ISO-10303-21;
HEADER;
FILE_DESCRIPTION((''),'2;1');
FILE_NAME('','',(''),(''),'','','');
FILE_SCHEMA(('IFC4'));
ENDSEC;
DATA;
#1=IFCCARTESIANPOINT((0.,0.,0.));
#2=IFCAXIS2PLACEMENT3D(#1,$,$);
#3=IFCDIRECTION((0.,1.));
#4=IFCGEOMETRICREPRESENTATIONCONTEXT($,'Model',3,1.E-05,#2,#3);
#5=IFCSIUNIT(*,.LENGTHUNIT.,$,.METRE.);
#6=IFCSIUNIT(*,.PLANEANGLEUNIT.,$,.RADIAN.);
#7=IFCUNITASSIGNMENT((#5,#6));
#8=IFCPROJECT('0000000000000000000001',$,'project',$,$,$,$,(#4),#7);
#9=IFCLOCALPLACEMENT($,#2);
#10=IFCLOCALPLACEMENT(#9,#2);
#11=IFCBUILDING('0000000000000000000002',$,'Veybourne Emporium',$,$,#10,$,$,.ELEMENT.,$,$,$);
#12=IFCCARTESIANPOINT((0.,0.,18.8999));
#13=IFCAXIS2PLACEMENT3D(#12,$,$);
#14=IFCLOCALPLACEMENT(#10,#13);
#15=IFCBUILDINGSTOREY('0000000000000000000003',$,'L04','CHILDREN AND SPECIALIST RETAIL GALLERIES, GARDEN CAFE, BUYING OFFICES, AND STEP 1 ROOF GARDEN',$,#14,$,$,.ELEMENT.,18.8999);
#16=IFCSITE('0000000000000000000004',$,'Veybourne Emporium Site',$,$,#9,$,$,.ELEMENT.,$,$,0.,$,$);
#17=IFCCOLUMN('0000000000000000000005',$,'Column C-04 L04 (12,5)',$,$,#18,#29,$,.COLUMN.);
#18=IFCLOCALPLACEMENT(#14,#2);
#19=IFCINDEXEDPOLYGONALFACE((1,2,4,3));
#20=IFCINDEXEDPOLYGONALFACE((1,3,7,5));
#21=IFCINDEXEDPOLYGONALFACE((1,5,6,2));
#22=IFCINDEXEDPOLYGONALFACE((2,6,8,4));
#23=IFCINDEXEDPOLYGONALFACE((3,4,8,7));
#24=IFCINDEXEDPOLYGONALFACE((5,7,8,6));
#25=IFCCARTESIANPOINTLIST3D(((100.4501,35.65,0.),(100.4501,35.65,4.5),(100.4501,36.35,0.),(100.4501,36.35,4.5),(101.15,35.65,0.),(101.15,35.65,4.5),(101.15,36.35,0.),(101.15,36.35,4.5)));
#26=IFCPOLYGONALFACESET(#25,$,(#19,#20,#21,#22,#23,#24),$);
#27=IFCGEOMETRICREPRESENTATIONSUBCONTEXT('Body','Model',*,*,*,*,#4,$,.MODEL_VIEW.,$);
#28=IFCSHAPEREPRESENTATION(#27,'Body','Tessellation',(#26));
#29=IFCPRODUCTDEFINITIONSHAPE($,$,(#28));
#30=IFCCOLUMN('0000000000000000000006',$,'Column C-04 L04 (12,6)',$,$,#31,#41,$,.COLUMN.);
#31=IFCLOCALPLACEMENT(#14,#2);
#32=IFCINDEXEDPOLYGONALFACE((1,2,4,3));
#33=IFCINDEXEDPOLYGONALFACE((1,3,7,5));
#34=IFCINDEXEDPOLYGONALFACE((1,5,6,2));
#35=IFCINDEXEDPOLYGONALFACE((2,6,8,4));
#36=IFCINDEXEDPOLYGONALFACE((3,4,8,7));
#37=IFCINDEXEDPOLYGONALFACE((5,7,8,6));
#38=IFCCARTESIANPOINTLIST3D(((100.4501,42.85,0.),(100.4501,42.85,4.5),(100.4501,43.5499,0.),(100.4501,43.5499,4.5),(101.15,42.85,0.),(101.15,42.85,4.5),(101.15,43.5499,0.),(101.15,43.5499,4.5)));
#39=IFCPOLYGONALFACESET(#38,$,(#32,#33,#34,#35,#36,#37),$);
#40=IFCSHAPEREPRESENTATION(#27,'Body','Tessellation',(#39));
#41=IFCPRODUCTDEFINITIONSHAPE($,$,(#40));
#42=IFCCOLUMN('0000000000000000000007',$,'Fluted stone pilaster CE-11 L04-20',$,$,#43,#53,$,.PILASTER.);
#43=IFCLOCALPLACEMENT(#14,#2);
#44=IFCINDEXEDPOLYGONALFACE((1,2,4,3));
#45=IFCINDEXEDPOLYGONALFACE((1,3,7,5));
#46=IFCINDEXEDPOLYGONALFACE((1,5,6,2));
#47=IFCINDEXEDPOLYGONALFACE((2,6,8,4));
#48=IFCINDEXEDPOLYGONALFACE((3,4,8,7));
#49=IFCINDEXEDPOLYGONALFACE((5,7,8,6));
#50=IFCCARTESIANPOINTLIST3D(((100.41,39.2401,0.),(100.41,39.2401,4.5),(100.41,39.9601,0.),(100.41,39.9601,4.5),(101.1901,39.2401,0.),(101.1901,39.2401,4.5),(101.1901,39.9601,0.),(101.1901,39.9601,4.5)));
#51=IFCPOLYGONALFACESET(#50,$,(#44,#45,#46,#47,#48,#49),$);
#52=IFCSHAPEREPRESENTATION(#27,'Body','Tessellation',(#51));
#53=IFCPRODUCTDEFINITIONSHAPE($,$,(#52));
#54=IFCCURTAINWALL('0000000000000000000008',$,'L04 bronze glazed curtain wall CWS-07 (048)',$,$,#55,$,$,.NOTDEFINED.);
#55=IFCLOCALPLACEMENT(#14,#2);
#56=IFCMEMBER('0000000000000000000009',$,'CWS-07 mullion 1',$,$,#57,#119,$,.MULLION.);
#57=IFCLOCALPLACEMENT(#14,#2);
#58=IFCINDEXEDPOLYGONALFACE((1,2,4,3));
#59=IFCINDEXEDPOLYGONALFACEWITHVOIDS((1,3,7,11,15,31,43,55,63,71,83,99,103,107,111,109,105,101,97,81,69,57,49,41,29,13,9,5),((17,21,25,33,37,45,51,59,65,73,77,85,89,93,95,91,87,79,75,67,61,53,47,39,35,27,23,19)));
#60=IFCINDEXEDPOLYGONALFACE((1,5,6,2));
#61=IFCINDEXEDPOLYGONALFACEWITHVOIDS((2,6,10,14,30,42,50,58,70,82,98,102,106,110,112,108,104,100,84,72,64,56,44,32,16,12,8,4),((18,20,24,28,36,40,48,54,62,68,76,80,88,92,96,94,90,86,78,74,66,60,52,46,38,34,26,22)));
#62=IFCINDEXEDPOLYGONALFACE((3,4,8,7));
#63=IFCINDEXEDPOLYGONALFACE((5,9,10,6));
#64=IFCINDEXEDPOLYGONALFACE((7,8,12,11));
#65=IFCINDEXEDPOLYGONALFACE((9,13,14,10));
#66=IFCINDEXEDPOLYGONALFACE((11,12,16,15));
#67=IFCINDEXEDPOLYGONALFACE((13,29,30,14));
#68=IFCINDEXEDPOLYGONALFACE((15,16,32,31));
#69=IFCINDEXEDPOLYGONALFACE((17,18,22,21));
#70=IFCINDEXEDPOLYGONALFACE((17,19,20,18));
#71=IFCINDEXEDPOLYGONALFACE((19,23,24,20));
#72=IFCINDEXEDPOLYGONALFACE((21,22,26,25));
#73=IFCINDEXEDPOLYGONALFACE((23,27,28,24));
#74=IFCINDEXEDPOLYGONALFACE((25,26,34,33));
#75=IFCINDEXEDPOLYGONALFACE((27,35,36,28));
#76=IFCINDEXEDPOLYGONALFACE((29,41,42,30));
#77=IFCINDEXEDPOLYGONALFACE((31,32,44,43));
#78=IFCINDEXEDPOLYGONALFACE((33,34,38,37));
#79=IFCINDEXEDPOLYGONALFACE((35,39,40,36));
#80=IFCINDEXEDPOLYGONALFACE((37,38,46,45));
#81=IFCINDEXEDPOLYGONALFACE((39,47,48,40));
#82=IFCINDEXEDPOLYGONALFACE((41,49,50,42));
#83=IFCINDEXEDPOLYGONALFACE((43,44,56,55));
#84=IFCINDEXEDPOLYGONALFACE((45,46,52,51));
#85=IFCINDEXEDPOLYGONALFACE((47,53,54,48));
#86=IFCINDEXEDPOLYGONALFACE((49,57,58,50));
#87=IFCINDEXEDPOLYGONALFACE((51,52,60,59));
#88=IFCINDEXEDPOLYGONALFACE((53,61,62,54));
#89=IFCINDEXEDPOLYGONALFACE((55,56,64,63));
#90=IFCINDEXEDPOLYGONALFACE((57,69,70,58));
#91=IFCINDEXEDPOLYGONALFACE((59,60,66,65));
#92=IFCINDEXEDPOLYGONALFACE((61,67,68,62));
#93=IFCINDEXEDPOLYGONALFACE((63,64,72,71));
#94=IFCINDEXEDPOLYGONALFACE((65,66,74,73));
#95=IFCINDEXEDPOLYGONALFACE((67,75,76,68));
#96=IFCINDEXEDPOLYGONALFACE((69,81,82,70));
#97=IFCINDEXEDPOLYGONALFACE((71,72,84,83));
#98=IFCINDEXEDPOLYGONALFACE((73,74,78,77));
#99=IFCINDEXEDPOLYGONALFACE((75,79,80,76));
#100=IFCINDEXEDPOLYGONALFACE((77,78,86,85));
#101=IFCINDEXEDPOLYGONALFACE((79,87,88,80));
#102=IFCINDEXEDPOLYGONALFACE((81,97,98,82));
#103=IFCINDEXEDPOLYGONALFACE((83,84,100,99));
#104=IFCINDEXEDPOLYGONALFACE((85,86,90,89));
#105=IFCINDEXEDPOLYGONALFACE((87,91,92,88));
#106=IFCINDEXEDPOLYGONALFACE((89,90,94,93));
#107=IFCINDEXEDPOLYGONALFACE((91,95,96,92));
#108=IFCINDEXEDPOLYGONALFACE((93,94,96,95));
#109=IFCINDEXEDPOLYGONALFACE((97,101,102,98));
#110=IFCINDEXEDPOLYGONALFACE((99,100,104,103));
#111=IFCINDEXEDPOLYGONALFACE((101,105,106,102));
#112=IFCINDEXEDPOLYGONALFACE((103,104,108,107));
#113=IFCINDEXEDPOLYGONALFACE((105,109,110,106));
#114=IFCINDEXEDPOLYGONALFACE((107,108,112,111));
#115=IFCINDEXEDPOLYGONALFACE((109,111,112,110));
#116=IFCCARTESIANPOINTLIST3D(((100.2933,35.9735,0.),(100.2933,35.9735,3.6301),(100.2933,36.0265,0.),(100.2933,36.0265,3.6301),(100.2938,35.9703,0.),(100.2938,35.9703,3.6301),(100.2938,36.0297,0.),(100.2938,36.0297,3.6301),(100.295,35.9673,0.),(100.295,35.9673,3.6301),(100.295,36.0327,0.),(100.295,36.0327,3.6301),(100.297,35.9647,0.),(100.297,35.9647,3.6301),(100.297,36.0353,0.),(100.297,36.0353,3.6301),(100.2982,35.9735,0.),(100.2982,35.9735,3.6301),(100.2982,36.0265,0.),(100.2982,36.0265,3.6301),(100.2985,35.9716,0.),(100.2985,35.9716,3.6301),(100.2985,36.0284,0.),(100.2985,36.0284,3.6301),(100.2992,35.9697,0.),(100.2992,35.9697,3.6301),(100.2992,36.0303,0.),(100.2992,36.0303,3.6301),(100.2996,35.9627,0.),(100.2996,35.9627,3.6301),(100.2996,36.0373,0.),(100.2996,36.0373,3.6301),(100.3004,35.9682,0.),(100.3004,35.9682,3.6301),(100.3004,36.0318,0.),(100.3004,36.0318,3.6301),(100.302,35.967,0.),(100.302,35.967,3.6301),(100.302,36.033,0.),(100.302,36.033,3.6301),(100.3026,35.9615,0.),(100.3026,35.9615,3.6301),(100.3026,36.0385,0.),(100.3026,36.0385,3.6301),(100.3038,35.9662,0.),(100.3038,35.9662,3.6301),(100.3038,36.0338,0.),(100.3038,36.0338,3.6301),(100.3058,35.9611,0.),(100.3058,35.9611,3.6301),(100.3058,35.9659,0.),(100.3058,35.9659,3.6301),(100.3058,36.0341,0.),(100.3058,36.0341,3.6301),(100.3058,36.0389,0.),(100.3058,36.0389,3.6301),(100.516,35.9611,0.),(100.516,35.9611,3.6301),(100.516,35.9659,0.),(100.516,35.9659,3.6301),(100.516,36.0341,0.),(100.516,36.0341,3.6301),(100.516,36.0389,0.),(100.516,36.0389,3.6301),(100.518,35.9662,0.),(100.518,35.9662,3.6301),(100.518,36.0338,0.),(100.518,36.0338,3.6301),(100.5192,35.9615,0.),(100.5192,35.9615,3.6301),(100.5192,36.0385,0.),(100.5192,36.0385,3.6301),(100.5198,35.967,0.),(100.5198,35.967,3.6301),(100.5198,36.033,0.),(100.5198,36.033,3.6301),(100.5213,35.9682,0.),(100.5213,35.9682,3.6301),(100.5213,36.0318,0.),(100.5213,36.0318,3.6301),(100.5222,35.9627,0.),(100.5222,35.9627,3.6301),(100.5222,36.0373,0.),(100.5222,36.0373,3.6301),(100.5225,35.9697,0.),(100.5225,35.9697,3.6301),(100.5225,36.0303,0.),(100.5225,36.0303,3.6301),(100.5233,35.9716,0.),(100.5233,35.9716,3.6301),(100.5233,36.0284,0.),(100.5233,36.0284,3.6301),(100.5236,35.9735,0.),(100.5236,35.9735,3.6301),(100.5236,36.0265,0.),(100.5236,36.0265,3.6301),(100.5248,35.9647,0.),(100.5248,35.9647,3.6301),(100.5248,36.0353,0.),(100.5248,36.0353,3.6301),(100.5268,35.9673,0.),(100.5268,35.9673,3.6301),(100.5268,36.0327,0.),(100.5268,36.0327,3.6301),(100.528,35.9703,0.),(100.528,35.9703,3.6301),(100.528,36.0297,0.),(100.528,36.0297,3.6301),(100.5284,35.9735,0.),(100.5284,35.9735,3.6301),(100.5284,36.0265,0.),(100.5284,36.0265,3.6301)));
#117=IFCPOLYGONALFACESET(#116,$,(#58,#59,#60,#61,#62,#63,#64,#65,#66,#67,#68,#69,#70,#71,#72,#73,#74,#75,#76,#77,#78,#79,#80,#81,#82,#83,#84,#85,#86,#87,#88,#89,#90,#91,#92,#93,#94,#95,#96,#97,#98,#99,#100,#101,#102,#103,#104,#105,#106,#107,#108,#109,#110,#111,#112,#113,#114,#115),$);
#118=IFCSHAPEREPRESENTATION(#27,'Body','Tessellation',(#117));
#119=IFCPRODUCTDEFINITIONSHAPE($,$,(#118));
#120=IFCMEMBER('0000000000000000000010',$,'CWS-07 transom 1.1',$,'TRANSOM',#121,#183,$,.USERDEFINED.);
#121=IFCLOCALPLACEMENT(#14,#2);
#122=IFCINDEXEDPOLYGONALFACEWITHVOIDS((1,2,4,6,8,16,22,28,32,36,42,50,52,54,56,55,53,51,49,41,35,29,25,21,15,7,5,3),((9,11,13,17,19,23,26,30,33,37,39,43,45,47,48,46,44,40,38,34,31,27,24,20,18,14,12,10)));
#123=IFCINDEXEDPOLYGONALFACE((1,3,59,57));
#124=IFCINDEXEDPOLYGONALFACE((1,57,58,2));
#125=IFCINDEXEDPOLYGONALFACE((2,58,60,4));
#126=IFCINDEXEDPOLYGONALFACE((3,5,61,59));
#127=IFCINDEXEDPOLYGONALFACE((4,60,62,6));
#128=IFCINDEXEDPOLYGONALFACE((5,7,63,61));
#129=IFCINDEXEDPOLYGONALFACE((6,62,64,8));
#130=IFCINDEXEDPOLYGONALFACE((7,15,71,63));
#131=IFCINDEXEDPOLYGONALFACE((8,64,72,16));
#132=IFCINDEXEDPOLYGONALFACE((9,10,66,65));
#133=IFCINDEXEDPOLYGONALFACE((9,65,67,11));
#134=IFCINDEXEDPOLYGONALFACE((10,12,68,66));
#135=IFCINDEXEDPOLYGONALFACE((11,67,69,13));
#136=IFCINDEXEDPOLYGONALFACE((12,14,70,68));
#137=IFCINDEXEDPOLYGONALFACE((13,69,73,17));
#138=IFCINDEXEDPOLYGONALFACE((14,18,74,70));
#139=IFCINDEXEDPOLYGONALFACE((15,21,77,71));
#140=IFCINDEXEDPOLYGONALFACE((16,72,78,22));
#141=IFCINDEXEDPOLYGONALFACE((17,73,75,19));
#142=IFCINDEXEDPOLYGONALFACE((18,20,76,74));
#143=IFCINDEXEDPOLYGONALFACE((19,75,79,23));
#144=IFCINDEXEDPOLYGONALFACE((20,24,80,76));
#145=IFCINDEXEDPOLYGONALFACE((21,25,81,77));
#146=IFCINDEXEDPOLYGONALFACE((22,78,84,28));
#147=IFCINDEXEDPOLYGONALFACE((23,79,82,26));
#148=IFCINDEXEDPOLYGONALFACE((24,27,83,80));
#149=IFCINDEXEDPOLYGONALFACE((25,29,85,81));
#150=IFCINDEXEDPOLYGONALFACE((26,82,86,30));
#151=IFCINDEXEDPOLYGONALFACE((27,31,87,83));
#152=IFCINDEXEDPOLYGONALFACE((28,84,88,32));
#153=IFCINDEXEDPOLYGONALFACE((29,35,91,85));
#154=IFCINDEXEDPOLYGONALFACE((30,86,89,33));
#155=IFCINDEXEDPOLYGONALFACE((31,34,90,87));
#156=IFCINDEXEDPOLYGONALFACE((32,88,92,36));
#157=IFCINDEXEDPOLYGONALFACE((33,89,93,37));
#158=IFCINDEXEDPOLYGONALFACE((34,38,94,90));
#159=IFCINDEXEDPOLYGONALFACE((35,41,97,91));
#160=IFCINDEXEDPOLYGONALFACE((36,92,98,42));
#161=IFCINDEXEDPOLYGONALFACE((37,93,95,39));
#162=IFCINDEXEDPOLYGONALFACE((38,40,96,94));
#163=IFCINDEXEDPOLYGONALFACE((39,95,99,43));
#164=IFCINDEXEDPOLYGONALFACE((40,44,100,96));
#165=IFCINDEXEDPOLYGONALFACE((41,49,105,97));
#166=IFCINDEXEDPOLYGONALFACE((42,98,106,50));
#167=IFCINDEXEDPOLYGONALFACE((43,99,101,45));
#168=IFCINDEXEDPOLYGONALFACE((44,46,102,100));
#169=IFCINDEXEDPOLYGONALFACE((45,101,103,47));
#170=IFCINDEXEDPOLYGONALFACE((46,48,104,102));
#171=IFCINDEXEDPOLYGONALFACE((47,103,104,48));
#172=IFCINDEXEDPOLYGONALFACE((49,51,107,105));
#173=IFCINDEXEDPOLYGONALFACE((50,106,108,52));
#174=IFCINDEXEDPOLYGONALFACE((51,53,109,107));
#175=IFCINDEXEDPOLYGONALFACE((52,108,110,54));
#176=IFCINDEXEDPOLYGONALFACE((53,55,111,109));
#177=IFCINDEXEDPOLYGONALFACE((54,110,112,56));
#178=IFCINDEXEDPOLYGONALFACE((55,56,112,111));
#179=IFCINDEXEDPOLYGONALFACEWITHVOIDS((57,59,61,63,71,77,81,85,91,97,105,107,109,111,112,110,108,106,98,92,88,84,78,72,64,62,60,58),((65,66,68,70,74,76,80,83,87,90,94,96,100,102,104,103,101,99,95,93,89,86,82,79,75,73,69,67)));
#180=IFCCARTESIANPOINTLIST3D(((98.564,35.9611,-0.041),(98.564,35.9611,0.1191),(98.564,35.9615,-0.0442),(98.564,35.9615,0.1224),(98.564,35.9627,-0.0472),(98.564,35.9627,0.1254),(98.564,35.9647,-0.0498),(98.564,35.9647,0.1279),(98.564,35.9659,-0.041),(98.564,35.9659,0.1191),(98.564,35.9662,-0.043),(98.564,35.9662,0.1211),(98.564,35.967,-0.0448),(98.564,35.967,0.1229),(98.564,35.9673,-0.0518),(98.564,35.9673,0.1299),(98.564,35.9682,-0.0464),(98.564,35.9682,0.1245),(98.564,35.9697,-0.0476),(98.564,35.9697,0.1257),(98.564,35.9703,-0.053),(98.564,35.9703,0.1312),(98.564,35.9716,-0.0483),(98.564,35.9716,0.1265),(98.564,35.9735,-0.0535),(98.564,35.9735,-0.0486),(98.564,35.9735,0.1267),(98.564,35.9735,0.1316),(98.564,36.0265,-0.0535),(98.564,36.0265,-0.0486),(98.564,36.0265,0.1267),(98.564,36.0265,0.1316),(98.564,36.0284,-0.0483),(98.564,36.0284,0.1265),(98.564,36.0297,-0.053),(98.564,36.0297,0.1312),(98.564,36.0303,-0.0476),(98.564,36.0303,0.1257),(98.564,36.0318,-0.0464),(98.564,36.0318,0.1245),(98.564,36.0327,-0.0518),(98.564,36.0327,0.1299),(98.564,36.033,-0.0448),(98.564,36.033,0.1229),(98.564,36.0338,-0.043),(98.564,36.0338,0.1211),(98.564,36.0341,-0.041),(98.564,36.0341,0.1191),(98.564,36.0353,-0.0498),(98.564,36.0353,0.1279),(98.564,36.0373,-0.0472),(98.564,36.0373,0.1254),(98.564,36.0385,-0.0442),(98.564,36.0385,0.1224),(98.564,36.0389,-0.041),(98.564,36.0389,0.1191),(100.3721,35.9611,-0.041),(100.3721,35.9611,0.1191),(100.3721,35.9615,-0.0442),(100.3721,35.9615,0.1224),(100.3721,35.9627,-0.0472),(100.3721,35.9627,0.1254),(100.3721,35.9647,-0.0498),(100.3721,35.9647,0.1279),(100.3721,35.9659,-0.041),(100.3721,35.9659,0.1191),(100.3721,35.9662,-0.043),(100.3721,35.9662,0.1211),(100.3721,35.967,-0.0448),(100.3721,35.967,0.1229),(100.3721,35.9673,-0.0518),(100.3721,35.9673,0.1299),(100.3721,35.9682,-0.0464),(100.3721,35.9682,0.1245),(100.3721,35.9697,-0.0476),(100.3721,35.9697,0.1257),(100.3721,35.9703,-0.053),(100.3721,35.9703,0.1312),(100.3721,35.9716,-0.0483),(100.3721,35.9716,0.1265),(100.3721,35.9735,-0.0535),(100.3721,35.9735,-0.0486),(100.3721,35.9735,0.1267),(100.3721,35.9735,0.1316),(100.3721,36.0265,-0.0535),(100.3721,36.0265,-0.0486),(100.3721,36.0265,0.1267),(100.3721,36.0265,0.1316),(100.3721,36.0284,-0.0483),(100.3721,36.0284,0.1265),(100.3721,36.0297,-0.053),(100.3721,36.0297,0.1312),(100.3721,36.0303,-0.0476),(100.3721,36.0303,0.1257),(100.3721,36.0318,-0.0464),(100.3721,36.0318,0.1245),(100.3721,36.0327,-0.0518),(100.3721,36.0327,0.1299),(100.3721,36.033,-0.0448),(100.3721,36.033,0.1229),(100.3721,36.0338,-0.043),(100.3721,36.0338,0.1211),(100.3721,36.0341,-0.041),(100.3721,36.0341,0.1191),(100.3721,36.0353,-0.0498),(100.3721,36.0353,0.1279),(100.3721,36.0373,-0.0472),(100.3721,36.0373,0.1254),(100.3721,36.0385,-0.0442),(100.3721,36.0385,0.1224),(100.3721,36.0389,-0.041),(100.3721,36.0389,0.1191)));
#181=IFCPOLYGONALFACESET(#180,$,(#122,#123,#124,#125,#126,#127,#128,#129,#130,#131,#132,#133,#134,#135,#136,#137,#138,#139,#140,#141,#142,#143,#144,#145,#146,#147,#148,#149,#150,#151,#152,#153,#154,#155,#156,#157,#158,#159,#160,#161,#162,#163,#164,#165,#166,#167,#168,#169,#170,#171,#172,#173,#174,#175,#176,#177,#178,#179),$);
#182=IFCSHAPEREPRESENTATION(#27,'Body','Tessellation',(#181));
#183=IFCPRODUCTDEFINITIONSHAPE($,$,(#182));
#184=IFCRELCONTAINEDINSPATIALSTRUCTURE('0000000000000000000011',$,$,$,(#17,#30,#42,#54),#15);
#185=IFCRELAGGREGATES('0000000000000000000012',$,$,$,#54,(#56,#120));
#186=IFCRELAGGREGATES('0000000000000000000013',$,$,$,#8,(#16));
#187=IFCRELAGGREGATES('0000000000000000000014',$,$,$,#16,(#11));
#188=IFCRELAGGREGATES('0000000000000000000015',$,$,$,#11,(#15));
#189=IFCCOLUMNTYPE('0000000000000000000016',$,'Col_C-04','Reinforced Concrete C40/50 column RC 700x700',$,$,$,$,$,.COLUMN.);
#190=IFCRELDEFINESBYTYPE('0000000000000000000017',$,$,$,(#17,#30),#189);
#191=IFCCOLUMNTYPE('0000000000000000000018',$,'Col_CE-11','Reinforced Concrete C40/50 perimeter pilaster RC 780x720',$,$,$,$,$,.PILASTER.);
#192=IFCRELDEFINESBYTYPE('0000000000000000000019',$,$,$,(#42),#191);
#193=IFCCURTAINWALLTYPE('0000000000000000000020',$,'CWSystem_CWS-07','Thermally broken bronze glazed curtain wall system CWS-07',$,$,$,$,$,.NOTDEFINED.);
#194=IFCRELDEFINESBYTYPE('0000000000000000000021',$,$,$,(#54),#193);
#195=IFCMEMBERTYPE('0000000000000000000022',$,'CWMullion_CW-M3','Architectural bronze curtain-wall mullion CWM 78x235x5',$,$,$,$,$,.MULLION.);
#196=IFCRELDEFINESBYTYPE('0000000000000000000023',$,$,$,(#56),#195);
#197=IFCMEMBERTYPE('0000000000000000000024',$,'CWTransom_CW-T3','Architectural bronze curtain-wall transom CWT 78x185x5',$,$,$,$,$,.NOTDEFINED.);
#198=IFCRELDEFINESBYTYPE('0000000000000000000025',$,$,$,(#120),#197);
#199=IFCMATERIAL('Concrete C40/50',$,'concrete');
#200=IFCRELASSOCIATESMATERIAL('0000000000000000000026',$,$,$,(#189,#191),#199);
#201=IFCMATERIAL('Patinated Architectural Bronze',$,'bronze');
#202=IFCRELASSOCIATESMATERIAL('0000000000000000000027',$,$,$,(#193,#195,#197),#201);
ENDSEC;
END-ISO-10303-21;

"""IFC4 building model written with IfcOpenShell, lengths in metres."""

from ifc_helpers import new_model, si_unit, direction, frame, origin, origin_2d, place, context, subcontext, project, spatial, rectangle, hollow_rectangle, extrude, material, material_profile, profile_set, type_object, element, aggregate, save


model = new_model("IFC4")

# Units and contexts
model_context = context("Model", 3, precision=1e-05, world=origin(), true_north=direction((0.0, 1.0)))
body_context = subcontext(model_context, "Body", "Model", "MODEL_VIEW")
ifc_project = project(units=[si_unit("LENGTHUNIT", "METRE"), si_unit("PLANEANGLEUNIT", "RADIAN")], contexts=[model_context])

# Site, building, storey
site_placement = place(None, origin())
site = spatial("IfcSite", under=ifc_project, at=site_placement, Name="Veybourne Emporium Site", CompositionType="ELEMENT", RefElevation=0.0)
building_placement = place(site_placement, origin())
building = spatial("IfcBuilding", under=site, at=building_placement, Name="Veybourne Emporium", CompositionType="ELEMENT")
storey_placement = place(building_placement, frame((0.0, 0.0, 18.8999)))
storey = spatial("IfcBuildingStorey", under=building, at=storey_placement, Name="L04", Description="CHILDREN AND SPECIALIST RETAIL GALLERIES, GARDEN CAFE, BUYING OFFICES, AND STEP 1 ROOF GARDEN", CompositionType="ELEMENT", Elevation=18.8999)

# Columns
ifc_material_1 = material(Name="Concrete C40/50", Category="concrete")
ifc_material_profile_1 = material_profile(ifc_material_1, rectangle(XDim=0.7, YDim=0.7, at=origin_2d()), Name="RC 700x700")
ifc_profile_set_1 = profile_set([ifc_material_profile_1], Name="Concrete C40/50")
column_type_1 = type_object("IfcColumnType", Name="Col_C-04", Description="Reinforced Concrete C40/50 column RC 700x700", PredefinedType="COLUMN", material=ifc_profile_set_1)
for number, where, z_axis, x_axis, name in (
    (1, (100.8, 36.0, 0.0), (0.0, 0.0, 1.0), (1.0, 0.0, 0.0), "Column C-04 L04 (12,5)"),
    (2, (100.8, 43.2, 0.0), (0.0, 0.0, 1.0), (1.0, 0.0, 0.0), "Column C-04 L04 (12,6)"),
):
    element("IfcColumn", number, at=place(storey_placement, frame(where, z_axis=z_axis, x_axis=x_axis)), inside=storey, type_object=column_type_1, Name=name, PredefinedType="COLUMN", context=body_context, shape_type="SweptSolid", body=[
        extrude(rectangle(XDim=0.7, YDim=0.7, at=origin_2d()), origin(), (0.0, 0.0, 1.0), 4.5),
    ])
ifc_material_profile_2 = material_profile(ifc_material_1, rectangle(XDim=0.78, YDim=0.72, at=origin_2d()), Name="RC 780x720")
ifc_profile_set_2 = profile_set([ifc_material_profile_2], Name="Concrete C40/50")
column_type_2 = type_object("IfcColumnType", Name="Col_CE-11", Description="Reinforced Concrete C40/50 perimeter pilaster RC 780x720", PredefinedType="PILASTER", material=ifc_profile_set_2)
column_placement = place(storey_placement, frame((100.8, 39.6001, 0.0), z_axis=(0.0, 0.0, 1.0), x_axis=(1.0, 0.0, 0.0)))
element("IfcColumn", 3, at=column_placement, inside=storey, type_object=column_type_2, Name="Fluted stone pilaster CE-11 L04-20", PredefinedType="PILASTER", context=body_context, shape_type="SweptSolid", body=[
    extrude(rectangle(XDim=0.78, YDim=0.72, at=origin_2d()), origin(), (0.0, 0.0, 1.0), 4.5),
])

# Curtain wall, members
ifc_material_2 = material(Name="Patinated Architectural Bronze", Category="bronze")
curtain_wall_type = type_object("IfcCurtainWallType", Name="CWSystem_CWS-07", Description="Thermally broken bronze glazed curtain wall system CWS-07", PredefinedType="NOTDEFINED", material=ifc_material_2)
curtain_wall_placement = place(storey_placement, origin())
curtain_wall = element("IfcCurtainWall", 4, at=curtain_wall_placement, inside=storey, type_object=curtain_wall_type, Name="L04 bronze glazed curtain wall CWS-07 (048)", PredefinedType="NOTDEFINED")
ifc_material_profile_3 = material_profile(ifc_material_2, hollow_rectangle(XDim=0.0779, YDim=0.2351, WallThickness=0.0049, InnerFilletRadius=0.0076, OuterFilletRadius=0.0125, at=origin_2d()), Name="CWM 78x235x5")
ifc_profile_set_3 = profile_set([ifc_material_profile_3], Name="Patinated Architectural Bronze")
member_type_1 = type_object("IfcMemberType", Name="CWMullion_CW-M3", Description="Architectural bronze curtain-wall mullion CWM 78x235x5", PredefinedType="MULLION", material=ifc_profile_set_3)
member_1_placement = place(storey_placement, frame((100.4109, 36.0, 0.0), z_axis=(0.0, 0.0, 1.0), x_axis=(0.0, -1.0, 0.0)))
member_1 = element("IfcMember", 5, at=member_1_placement, type_object=member_type_1, Name="CWS-07 mullion 1", PredefinedType="MULLION", context=body_context, shape_type="SweptSolid", body=[
    extrude(hollow_rectangle(XDim=0.0779, YDim=0.2351, WallThickness=0.0049, InnerFilletRadius=0.0076, OuterFilletRadius=0.0125, at=origin_2d()), origin(), (0.0, 0.0, 1.0), 3.6301),
])
ifc_material_profile_4 = material_profile(ifc_material_2, hollow_rectangle(XDim=0.0779, YDim=0.1851, WallThickness=0.0049, InnerFilletRadius=0.0076, OuterFilletRadius=0.0125, at=origin_2d()), Name="CWT 78x185x5")
ifc_profile_set_4 = profile_set([ifc_material_profile_4], Name="Patinated Architectural Bronze")
member_type_2 = type_object("IfcMemberType", Name="CWTransom_CW-T3", Description="Architectural bronze curtain-wall transom CWT 78x185x5", PredefinedType="NOTDEFINED", material=ifc_profile_set_4)
member_2_placement = place(storey_placement, frame((100.3721, 36.0, 0.0391), z_axis=(-1.0, 0.0, 0.0), x_axis=(0.0, -1.0, 0.0)))
member_2 = element("IfcMember", 6, at=member_2_placement, type_object=member_type_2, Name="CWS-07 transom 1.1", ObjectType="TRANSOM", PredefinedType="USERDEFINED", context=body_context, shape_type="SweptSolid", body=[
    extrude(hollow_rectangle(XDim=0.0779, YDim=0.1851, WallThickness=0.0049, InnerFilletRadius=0.0076, OuterFilletRadius=0.0125, at=origin_2d()), origin(), (0.0, 0.0, 1.0), 1.8081),
])

aggregate(curtain_wall, [member_1, member_2])

save(model, "model.ifc")
